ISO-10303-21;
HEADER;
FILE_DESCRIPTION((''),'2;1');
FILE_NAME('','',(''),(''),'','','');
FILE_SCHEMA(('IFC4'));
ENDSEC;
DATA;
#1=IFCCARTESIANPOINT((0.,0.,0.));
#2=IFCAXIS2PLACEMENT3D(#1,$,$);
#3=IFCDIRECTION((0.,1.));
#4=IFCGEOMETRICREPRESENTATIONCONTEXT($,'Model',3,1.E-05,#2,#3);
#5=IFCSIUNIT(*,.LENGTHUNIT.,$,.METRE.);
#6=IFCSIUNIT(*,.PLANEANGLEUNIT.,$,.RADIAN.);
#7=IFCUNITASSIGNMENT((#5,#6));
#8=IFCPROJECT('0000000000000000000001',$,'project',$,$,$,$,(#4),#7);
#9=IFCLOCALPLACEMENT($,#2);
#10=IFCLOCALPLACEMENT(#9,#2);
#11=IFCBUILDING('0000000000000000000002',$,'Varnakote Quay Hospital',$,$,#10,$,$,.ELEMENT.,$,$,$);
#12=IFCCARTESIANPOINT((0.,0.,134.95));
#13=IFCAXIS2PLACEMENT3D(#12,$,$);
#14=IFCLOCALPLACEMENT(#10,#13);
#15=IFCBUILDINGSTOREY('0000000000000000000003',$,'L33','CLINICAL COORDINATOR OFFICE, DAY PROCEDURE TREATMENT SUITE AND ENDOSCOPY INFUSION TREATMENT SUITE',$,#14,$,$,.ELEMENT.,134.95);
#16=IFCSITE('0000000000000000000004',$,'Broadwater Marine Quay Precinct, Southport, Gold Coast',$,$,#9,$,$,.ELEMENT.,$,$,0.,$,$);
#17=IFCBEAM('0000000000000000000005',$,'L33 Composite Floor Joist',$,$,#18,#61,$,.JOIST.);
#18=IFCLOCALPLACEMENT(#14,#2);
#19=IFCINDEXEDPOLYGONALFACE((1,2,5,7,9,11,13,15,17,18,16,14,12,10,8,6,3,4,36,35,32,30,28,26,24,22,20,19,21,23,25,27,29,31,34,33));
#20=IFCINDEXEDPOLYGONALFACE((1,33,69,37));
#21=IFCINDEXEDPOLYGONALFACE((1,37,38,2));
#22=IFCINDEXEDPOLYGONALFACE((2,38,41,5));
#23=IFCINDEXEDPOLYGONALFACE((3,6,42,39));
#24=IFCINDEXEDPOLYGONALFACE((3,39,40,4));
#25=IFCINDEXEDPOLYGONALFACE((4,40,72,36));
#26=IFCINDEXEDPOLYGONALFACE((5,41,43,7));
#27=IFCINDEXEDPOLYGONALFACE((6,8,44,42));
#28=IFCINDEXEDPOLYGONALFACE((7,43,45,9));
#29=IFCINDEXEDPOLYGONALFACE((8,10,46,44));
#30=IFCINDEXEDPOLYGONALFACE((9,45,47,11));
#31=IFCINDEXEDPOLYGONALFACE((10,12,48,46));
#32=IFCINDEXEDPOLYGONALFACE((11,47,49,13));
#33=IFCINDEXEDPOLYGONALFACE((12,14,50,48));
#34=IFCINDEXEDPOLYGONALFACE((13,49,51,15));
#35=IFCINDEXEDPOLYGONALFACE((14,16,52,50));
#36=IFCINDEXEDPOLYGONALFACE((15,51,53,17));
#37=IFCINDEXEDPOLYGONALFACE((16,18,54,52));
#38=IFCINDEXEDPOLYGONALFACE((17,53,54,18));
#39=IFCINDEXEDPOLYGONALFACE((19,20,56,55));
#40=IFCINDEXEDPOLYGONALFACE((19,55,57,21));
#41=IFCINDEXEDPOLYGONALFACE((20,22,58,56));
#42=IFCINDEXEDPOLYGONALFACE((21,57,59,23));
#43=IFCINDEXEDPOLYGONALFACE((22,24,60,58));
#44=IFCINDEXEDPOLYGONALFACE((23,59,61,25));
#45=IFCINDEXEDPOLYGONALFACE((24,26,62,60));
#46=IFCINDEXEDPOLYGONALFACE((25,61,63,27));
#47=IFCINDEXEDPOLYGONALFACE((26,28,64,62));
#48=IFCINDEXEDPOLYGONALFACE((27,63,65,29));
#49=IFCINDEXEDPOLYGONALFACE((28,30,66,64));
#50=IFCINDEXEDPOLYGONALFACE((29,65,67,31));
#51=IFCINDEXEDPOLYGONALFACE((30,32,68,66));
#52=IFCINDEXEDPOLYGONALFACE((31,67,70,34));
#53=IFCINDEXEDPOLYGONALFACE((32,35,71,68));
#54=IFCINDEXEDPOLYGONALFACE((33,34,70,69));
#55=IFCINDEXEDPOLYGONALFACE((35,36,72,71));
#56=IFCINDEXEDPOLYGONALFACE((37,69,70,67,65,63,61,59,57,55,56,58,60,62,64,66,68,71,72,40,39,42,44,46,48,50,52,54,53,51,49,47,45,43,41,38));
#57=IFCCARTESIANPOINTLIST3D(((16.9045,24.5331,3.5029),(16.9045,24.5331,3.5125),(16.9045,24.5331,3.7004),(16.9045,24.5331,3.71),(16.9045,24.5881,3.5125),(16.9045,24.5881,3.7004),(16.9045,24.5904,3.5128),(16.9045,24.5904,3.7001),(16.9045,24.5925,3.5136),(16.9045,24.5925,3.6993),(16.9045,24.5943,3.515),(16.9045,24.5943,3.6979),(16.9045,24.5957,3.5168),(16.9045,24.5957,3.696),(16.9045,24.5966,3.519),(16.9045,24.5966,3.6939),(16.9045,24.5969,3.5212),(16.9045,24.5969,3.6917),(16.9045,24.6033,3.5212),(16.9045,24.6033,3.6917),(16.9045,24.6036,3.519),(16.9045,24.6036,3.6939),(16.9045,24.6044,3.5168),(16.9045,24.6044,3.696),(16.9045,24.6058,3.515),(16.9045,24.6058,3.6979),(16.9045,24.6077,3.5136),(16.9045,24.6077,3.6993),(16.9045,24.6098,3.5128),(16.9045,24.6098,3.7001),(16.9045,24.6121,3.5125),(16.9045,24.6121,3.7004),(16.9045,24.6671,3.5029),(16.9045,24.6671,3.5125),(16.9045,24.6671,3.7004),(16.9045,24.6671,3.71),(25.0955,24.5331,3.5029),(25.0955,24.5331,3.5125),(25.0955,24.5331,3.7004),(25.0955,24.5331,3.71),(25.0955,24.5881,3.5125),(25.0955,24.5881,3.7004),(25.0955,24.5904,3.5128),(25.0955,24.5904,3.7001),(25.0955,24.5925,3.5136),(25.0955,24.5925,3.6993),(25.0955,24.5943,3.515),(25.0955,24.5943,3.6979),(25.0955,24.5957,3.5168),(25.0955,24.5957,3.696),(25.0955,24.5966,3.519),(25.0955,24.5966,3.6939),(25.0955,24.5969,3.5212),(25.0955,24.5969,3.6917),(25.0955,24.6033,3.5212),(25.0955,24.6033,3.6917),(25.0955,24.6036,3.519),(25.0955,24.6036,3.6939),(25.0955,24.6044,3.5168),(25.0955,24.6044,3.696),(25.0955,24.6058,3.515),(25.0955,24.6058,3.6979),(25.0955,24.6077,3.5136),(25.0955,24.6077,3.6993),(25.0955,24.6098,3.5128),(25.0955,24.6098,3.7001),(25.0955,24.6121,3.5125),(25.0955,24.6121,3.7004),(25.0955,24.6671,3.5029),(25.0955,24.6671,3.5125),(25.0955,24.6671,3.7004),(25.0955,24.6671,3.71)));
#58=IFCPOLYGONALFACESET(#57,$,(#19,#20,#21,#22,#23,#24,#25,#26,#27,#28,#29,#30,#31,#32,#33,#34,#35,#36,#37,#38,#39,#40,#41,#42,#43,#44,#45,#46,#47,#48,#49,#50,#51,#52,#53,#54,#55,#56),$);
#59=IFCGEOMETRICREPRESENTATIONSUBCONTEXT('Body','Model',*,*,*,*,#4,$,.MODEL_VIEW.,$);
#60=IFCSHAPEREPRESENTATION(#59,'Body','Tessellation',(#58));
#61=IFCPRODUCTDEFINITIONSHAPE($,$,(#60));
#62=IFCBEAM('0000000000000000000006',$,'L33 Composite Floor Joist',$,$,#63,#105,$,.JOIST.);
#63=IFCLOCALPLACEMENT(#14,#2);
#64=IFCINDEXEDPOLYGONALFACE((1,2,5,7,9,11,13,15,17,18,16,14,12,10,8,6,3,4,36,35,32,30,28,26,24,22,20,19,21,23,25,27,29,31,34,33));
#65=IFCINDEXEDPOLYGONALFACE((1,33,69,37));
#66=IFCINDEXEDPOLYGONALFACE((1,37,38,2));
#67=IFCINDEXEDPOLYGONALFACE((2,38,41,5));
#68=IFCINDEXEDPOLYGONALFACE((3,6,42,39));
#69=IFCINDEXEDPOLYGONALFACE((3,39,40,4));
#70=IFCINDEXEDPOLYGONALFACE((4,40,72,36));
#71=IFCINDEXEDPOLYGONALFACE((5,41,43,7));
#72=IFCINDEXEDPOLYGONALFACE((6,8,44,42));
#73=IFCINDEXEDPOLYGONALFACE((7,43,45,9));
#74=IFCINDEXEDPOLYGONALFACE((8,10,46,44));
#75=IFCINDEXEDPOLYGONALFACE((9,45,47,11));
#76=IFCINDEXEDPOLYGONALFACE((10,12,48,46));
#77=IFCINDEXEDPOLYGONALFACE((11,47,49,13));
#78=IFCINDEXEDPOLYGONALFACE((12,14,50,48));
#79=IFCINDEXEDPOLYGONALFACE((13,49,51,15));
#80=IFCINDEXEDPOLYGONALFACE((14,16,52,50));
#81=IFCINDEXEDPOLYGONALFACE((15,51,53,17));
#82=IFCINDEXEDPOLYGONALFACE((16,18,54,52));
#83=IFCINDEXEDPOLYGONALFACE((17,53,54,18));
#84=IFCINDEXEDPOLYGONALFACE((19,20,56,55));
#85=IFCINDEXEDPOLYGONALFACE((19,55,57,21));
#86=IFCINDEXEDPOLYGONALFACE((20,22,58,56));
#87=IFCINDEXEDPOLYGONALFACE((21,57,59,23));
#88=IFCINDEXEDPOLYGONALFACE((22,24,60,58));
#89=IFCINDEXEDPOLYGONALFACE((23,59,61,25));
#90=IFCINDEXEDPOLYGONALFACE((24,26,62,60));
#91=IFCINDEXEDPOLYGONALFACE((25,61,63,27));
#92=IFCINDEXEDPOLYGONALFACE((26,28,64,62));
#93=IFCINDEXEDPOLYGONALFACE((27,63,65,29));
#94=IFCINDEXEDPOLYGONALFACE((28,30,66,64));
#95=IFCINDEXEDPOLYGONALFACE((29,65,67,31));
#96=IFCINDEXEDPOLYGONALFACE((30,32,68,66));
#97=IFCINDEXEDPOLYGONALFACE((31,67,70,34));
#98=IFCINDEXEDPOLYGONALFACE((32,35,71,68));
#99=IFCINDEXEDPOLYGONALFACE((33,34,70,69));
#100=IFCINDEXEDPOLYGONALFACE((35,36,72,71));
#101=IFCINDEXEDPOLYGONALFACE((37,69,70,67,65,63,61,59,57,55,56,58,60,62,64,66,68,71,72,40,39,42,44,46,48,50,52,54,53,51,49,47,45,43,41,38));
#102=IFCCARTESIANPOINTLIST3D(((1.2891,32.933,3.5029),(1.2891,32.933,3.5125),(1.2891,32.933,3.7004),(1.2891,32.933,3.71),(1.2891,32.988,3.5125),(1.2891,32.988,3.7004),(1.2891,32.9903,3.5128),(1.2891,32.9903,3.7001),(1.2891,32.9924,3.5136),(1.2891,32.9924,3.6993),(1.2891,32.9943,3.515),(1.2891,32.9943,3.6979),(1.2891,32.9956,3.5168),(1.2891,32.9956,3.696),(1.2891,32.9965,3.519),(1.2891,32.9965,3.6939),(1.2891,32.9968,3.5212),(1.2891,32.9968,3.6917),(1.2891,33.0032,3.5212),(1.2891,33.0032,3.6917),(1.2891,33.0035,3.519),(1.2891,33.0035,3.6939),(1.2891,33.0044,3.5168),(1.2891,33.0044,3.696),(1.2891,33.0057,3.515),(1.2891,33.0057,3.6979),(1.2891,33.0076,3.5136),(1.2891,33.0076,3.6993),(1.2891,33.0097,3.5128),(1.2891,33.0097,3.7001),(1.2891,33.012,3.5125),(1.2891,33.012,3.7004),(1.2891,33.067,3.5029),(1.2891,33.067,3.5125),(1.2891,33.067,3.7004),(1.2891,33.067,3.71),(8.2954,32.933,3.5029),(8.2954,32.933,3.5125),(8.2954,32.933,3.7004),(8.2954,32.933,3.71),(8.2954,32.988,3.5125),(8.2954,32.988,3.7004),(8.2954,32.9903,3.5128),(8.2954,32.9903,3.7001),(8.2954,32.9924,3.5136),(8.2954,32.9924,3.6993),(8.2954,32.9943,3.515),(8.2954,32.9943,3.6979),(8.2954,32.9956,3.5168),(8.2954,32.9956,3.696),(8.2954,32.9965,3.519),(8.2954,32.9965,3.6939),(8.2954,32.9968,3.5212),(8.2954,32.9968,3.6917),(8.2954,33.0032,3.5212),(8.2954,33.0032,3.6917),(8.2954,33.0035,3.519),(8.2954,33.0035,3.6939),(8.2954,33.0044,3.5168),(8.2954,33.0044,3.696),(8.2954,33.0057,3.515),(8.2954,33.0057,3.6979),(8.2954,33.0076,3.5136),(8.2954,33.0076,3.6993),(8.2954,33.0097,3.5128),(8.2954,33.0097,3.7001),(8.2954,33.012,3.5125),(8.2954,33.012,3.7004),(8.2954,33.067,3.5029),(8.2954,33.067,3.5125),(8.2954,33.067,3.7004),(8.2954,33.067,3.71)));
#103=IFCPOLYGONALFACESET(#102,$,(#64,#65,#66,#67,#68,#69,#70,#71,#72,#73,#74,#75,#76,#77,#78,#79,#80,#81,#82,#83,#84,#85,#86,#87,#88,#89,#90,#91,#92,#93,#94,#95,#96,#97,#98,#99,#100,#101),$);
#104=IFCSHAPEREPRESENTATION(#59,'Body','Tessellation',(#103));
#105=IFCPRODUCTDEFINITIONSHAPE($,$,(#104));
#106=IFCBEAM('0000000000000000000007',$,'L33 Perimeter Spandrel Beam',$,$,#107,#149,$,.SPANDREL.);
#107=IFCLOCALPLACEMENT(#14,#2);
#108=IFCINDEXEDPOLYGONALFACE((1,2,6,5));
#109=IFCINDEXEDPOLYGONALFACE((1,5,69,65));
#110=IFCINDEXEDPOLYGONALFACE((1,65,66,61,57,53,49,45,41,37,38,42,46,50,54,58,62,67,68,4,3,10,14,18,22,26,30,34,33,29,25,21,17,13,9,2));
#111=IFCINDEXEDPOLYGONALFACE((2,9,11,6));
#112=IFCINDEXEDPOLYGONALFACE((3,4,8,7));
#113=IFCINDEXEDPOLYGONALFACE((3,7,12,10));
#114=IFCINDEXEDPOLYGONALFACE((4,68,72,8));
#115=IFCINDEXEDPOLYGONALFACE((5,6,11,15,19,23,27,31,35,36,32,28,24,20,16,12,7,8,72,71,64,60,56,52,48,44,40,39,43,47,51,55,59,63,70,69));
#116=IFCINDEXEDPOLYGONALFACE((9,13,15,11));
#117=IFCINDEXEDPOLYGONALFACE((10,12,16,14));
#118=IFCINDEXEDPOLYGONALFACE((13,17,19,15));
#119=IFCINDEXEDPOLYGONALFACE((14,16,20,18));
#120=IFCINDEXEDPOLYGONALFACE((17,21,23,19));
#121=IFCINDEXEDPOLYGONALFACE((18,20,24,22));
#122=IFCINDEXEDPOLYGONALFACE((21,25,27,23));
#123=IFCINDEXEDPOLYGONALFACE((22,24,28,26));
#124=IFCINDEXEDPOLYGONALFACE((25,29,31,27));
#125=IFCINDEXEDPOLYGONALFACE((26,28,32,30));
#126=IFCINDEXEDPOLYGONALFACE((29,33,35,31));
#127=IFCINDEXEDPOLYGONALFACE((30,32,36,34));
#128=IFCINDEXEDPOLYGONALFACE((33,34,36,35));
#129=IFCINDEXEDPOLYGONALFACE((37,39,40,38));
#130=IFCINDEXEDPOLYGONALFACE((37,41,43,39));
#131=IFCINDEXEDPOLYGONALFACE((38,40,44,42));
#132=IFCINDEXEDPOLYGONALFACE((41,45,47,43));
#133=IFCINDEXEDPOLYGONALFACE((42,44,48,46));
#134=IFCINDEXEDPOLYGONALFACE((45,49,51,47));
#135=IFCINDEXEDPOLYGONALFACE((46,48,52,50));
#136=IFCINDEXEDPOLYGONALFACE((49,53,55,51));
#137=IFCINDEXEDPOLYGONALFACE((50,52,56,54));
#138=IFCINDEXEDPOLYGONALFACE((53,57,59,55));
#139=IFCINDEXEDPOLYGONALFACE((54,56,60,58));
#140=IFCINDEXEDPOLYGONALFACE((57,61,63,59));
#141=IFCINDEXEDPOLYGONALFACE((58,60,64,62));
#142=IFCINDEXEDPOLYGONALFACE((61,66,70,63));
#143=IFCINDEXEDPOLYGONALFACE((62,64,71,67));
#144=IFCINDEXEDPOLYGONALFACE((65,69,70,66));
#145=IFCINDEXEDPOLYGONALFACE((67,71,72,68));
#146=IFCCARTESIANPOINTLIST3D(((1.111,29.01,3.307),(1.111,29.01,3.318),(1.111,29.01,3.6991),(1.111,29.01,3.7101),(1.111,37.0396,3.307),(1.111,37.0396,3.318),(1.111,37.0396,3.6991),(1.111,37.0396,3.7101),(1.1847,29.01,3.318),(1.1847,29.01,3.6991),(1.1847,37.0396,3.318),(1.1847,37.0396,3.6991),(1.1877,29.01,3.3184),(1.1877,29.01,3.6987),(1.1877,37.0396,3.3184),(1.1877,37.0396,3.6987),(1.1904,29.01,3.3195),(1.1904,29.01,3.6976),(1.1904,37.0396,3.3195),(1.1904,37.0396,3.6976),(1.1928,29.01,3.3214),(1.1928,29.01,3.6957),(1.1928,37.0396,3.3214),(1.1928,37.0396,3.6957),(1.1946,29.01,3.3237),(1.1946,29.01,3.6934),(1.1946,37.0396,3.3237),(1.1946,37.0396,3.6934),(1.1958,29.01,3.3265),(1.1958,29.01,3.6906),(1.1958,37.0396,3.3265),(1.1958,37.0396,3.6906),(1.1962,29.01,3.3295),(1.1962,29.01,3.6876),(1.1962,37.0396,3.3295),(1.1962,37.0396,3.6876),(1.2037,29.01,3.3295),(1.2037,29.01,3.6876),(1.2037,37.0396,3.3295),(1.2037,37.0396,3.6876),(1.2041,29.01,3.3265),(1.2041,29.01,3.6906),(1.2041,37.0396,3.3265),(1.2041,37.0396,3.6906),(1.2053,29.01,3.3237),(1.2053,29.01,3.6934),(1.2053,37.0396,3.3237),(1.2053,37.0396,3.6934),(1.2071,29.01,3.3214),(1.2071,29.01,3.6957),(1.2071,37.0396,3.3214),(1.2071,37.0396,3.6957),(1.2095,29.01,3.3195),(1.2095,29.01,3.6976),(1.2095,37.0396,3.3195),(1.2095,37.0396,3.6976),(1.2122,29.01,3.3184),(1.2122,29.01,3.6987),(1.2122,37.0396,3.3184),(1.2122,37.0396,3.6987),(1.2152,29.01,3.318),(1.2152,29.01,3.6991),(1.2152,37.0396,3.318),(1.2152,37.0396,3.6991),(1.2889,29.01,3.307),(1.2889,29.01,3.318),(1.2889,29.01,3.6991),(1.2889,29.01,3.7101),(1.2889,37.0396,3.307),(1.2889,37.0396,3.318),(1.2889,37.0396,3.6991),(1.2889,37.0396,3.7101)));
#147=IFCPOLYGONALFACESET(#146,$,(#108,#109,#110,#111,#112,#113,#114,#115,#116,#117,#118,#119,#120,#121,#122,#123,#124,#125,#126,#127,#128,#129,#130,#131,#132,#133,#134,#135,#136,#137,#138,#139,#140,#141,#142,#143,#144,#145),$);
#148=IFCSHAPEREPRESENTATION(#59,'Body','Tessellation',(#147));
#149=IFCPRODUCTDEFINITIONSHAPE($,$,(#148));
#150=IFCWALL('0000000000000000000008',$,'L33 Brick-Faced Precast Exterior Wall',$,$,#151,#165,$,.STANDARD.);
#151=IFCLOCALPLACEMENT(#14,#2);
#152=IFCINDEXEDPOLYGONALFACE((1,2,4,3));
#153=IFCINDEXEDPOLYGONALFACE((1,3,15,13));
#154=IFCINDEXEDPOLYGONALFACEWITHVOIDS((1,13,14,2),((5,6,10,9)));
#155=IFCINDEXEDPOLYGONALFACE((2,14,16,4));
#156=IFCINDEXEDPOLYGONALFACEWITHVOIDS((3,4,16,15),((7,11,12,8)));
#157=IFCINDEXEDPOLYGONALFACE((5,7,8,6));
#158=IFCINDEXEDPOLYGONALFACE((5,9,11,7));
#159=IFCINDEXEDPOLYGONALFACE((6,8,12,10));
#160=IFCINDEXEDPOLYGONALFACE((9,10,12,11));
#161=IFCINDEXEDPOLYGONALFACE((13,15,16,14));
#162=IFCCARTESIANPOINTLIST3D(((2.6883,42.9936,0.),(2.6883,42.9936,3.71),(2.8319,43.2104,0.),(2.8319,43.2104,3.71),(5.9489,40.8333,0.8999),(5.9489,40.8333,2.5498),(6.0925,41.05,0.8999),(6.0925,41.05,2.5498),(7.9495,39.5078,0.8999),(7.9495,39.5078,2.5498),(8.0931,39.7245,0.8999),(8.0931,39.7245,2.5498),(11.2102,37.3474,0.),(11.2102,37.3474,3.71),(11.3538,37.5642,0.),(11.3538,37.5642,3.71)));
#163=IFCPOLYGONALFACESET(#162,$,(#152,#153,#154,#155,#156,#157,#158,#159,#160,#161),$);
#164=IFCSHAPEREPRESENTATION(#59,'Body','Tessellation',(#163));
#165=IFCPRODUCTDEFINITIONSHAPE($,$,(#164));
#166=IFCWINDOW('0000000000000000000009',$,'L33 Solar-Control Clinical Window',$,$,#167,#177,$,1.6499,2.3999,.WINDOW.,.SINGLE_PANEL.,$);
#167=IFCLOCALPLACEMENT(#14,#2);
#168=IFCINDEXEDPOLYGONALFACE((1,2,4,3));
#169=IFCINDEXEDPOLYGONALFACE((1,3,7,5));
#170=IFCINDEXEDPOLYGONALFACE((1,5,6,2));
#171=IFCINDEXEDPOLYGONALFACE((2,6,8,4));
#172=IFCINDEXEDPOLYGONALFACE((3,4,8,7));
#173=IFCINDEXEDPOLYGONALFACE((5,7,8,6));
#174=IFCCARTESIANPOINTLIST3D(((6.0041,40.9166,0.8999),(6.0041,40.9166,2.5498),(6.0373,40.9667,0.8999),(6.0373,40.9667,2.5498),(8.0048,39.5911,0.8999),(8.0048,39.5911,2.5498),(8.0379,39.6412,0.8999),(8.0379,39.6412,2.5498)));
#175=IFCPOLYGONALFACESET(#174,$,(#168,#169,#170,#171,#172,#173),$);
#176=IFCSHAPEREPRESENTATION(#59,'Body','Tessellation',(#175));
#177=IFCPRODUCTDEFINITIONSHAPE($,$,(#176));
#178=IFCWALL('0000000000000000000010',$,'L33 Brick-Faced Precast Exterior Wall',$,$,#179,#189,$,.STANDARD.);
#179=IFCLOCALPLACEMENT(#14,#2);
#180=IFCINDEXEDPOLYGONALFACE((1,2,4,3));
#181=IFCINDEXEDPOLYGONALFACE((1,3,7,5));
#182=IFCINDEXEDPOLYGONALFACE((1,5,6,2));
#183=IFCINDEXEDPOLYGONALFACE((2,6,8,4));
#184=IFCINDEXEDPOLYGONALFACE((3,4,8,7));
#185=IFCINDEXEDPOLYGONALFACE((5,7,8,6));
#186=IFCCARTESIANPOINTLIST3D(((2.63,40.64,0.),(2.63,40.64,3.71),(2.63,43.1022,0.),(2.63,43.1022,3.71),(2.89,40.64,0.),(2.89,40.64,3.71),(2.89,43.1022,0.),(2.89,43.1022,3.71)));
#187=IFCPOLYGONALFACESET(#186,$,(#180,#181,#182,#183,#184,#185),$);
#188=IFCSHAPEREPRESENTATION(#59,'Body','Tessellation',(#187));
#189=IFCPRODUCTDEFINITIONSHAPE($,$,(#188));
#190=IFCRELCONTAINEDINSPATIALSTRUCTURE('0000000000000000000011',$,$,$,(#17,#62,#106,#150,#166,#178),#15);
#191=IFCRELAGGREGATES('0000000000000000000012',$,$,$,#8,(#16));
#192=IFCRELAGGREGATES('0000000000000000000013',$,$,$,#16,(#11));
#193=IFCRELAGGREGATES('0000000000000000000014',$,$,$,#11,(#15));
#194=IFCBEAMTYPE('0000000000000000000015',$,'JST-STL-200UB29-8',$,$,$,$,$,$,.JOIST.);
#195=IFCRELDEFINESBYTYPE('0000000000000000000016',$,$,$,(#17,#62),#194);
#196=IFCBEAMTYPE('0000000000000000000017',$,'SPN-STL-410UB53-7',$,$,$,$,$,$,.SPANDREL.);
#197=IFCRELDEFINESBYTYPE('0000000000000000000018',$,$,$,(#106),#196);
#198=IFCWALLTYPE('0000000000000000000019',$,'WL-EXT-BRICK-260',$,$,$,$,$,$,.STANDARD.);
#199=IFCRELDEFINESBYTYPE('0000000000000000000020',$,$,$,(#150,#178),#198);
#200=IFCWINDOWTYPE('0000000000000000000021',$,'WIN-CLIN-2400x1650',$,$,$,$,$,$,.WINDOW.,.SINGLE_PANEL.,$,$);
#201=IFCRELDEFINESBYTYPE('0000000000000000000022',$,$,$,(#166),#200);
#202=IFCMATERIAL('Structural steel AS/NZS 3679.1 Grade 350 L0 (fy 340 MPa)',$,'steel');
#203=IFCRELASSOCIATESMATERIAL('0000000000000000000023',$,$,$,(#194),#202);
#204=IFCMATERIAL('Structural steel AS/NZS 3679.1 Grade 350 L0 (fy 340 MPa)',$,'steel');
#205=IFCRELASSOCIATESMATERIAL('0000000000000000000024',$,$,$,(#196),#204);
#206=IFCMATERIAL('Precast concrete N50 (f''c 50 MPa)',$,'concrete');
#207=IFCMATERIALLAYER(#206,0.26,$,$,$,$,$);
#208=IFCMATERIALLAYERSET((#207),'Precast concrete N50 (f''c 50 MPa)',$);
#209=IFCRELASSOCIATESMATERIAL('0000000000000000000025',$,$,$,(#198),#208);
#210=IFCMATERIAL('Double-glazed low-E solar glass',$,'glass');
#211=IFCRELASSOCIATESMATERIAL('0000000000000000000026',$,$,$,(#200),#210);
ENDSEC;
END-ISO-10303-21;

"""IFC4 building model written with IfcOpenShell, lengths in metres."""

from ifc_helpers import new_model, si_unit, direction, frame, frame_2d, origin, origin_2d, place, context, subcontext, project, spatial, rectangle, i_section, extrude, material, layer, layer_set, material_profile, profile_set, type_object, element, fill, save


model = new_model("IFC4")

# Units and contexts
model_context = context("Model", 3, precision=1e-05, world=origin(), true_north=direction((0.0, 1.0)))
body_context = subcontext(model_context, "Body", "Model", "MODEL_VIEW")
ifc_project = project(units=[si_unit("LENGTHUNIT", "METRE"), si_unit("PLANEANGLEUNIT", "RADIAN")], contexts=[model_context])

# Site, building, storey
site_placement = place(None, origin())
site = spatial("IfcSite", under=ifc_project, at=site_placement, Name="Broadwater Marine Quay Precinct, Southport, Gold Coast", CompositionType="ELEMENT", RefElevation=0.0)
building_placement = place(site_placement, origin())
building = spatial("IfcBuilding", under=site, at=building_placement, Name="Varnakote Quay Hospital", CompositionType="ELEMENT")
storey_placement = place(building_placement, frame((0.0, 0.0, 134.95)))
storey = spatial("IfcBuildingStorey", under=building, at=storey_placement, Name="L33", Description="CLINICAL COORDINATOR OFFICE, DAY PROCEDURE TREATMENT SUITE AND ENDOSCOPY INFUSION TREATMENT SUITE", CompositionType="ELEMENT", Elevation=134.95)

# Beams
ifc_material_1 = material(Name="Structural steel AS/NZS 3679.1 Grade 350 L0 (fy 340 MPa)", Category="steel")
ifc_material_profile_1 = material_profile(ifc_material_1, i_section(OverallWidth=0.134, OverallDepth=0.207, WebThickness=0.0063, FlangeThickness=0.0095, FilletRadius=0.0088, at=origin_2d()), Name="200UB29.8")
ifc_profile_set_1 = profile_set([ifc_material_profile_1], Name="Structural steel AS/NZS 3679.1 Grade 350 L0 (fy 340 MPa)")
beam_type_1 = type_object("IfcBeamType", Name="JST-STL-200UB29-8", PredefinedType="JOIST", material=ifc_profile_set_1)
beam_1_placement = place(storey_placement, frame((16.9045, 24.6001, 3.6064), z_axis=(1.0, 0.0, 0.0), x_axis=(0.0, 1.0, 0.0)))
element("IfcBeam", 1, at=beam_1_placement, inside=storey, type_object=beam_type_1, Name="L33 Composite Floor Joist", PredefinedType="JOIST", context=body_context, shape_type="SweptSolid", body=[
    extrude(i_section(OverallWidth=0.134, OverallDepth=0.207, WebThickness=0.0063, FlangeThickness=0.0095, FilletRadius=0.0088, at=origin_2d()), origin(), (0.0, 0.0, 1.0), 8.1909),
])
beam_2_placement = place(storey_placement, frame((1.2891, 33.0, 3.6064), z_axis=(1.0, 0.0, 0.0), x_axis=(0.0, 1.0, 0.0)))
element("IfcBeam", 2, at=beam_2_placement, inside=storey, type_object=beam_type_1, Name="L33 Composite Floor Joist", PredefinedType="JOIST", context=body_context, shape_type="SweptSolid", body=[
    extrude(i_section(OverallWidth=0.134, OverallDepth=0.207, WebThickness=0.0063, FlangeThickness=0.0095, FilletRadius=0.0088, at=origin_2d()), origin(), (0.0, 0.0, 1.0), 7.0063),
])
ifc_material_2 = material(Name="Structural steel AS/NZS 3679.1 Grade 350 L0 (fy 340 MPa)", Category="steel")
ifc_material_profile_2 = material_profile(ifc_material_2, i_section(OverallWidth=0.178, OverallDepth=0.4031, WebThickness=0.0076, FlangeThickness=0.011, FilletRadius=0.0115, at=origin_2d()), Name="410UB53.7")
ifc_profile_set_2 = profile_set([ifc_material_profile_2], Name="Structural steel AS/NZS 3679.1 Grade 350 L0 (fy 340 MPa)")
beam_type_2 = type_object("IfcBeamType", Name="SPN-STL-410UB53-7", PredefinedType="SPANDREL", material=ifc_profile_set_2)
beam_3_placement = place(storey_placement, frame((1.2, 29.01, 3.5085), z_axis=(0.0, 1.0, 0.0), x_axis=(-1.0, 0.0, 0.0)))
element("IfcBeam", 3, at=beam_3_placement, inside=storey, type_object=beam_type_2, Name="L33 Perimeter Spandrel Beam", PredefinedType="SPANDREL", context=body_context, shape_type="SweptSolid", body=[
    extrude(i_section(OverallWidth=0.178, OverallDepth=0.4031, WebThickness=0.0076, FlangeThickness=0.011, FilletRadius=0.0115, at=origin_2d()), origin(), (0.0, 0.0, 1.0), 8.0295),
])

# Wall, opening, window
ifc_material_3 = material(Name="Precast concrete N50 (f'c 50 MPa)", Category="concrete")
ifc_layer_1 = layer(ifc_material_3, 0.26)
ifc_layer_set_1 = layer_set([ifc_layer_1], Name="Precast concrete N50 (f'c 50 MPa)")
wall_type_1 = type_object("IfcWallType", Name="WL-EXT-BRICK-260", PredefinedType="STANDARD", material=ifc_layer_set_1)
wall_1_placement = place(storey_placement, frame((11.282, 37.4558, 0.0), z_axis=(0.0, 0.0, 1.0), x_axis=(-0.83363, 0.552323, 0.0)))
wall_1 = element("IfcWall", 4, at=wall_1_placement, inside=storey, type_object=wall_type_1, Name="L33 Brick-Faced Precast Exterior Wall", PredefinedType="STANDARD", context=body_context, shape_type="SweptSolid", body=[
    extrude(rectangle(XDim=10.2227, YDim=0.26, at=frame_2d((5.1113, 0.0))), origin(), (0.0, 0.0, 1.0), 3.71),
])
opening_1_placement = place(wall_1_placement, frame((3.9114, 0.0, 0.8999)))
opening_1 = element("IfcOpeningElement", 5, at=opening_1_placement, cuts=wall_1, PredefinedType="OPENING", context=body_context, shape_type="SweptSolid", body=[
    extrude(rectangle(XDim=2.3999, YDim=1.6499, at=frame_2d((1.2, 0.825))), frame((0.0, 0.1399, 0.0), z_axis=(0.0, -1.0, 0.0), x_axis=(1.0, 0.0, 0.0)), (0.0, 0.0, 1.0), 0.28),
])
ifc_material_4 = material(Name="Double-glazed low-E solar glass", Category="glass")
window_type = type_object("IfcWindowType", Name="WIN-CLIN-2400x1650", PartitioningType="SINGLE_PANEL", PredefinedType="WINDOW", material=ifc_material_4)
window_1_placement = place(opening_1_placement, origin())
window_1 = element("IfcWindow", 6, at=window_1_placement, inside=storey, type_object=window_type, Name="L33 Solar-Control Clinical Window", OverallHeight=1.6499, OverallWidth=2.3999, PartitioningType="SINGLE_PANEL", PredefinedType="WINDOW", context=body_context, shape_type="SweptSolid", body=[
    extrude(rectangle(XDim=2.3999, YDim=1.6499, at=frame_2d((1.2, 0.825))), frame((0.0, 0.03, 0.0), z_axis=(0.0, -1.0, 0.0), x_axis=(1.0, 0.0, 0.0)), (0.0, 0.0, 1.0), 0.0601),
])
fill(opening_1, window_1)

# Wall
wall_2_placement = place(storey_placement, frame((2.76, 43.1021, 0.0), z_axis=(0.0, 0.0, 1.0), x_axis=(0.0, -1.0, 0.0)))
element("IfcWall", 7, at=wall_2_placement, inside=storey, type_object=wall_type_1, Name="L33 Brick-Faced Precast Exterior Wall", PredefinedType="STANDARD", context=body_context, shape_type="SweptSolid", body=[
    extrude(rectangle(XDim=2.4622, YDim=0.26, at=frame_2d((1.231, 0.0))), origin(), (0.0, 0.0, 1.0), 3.71),
])

save(model, "model.ifc")
